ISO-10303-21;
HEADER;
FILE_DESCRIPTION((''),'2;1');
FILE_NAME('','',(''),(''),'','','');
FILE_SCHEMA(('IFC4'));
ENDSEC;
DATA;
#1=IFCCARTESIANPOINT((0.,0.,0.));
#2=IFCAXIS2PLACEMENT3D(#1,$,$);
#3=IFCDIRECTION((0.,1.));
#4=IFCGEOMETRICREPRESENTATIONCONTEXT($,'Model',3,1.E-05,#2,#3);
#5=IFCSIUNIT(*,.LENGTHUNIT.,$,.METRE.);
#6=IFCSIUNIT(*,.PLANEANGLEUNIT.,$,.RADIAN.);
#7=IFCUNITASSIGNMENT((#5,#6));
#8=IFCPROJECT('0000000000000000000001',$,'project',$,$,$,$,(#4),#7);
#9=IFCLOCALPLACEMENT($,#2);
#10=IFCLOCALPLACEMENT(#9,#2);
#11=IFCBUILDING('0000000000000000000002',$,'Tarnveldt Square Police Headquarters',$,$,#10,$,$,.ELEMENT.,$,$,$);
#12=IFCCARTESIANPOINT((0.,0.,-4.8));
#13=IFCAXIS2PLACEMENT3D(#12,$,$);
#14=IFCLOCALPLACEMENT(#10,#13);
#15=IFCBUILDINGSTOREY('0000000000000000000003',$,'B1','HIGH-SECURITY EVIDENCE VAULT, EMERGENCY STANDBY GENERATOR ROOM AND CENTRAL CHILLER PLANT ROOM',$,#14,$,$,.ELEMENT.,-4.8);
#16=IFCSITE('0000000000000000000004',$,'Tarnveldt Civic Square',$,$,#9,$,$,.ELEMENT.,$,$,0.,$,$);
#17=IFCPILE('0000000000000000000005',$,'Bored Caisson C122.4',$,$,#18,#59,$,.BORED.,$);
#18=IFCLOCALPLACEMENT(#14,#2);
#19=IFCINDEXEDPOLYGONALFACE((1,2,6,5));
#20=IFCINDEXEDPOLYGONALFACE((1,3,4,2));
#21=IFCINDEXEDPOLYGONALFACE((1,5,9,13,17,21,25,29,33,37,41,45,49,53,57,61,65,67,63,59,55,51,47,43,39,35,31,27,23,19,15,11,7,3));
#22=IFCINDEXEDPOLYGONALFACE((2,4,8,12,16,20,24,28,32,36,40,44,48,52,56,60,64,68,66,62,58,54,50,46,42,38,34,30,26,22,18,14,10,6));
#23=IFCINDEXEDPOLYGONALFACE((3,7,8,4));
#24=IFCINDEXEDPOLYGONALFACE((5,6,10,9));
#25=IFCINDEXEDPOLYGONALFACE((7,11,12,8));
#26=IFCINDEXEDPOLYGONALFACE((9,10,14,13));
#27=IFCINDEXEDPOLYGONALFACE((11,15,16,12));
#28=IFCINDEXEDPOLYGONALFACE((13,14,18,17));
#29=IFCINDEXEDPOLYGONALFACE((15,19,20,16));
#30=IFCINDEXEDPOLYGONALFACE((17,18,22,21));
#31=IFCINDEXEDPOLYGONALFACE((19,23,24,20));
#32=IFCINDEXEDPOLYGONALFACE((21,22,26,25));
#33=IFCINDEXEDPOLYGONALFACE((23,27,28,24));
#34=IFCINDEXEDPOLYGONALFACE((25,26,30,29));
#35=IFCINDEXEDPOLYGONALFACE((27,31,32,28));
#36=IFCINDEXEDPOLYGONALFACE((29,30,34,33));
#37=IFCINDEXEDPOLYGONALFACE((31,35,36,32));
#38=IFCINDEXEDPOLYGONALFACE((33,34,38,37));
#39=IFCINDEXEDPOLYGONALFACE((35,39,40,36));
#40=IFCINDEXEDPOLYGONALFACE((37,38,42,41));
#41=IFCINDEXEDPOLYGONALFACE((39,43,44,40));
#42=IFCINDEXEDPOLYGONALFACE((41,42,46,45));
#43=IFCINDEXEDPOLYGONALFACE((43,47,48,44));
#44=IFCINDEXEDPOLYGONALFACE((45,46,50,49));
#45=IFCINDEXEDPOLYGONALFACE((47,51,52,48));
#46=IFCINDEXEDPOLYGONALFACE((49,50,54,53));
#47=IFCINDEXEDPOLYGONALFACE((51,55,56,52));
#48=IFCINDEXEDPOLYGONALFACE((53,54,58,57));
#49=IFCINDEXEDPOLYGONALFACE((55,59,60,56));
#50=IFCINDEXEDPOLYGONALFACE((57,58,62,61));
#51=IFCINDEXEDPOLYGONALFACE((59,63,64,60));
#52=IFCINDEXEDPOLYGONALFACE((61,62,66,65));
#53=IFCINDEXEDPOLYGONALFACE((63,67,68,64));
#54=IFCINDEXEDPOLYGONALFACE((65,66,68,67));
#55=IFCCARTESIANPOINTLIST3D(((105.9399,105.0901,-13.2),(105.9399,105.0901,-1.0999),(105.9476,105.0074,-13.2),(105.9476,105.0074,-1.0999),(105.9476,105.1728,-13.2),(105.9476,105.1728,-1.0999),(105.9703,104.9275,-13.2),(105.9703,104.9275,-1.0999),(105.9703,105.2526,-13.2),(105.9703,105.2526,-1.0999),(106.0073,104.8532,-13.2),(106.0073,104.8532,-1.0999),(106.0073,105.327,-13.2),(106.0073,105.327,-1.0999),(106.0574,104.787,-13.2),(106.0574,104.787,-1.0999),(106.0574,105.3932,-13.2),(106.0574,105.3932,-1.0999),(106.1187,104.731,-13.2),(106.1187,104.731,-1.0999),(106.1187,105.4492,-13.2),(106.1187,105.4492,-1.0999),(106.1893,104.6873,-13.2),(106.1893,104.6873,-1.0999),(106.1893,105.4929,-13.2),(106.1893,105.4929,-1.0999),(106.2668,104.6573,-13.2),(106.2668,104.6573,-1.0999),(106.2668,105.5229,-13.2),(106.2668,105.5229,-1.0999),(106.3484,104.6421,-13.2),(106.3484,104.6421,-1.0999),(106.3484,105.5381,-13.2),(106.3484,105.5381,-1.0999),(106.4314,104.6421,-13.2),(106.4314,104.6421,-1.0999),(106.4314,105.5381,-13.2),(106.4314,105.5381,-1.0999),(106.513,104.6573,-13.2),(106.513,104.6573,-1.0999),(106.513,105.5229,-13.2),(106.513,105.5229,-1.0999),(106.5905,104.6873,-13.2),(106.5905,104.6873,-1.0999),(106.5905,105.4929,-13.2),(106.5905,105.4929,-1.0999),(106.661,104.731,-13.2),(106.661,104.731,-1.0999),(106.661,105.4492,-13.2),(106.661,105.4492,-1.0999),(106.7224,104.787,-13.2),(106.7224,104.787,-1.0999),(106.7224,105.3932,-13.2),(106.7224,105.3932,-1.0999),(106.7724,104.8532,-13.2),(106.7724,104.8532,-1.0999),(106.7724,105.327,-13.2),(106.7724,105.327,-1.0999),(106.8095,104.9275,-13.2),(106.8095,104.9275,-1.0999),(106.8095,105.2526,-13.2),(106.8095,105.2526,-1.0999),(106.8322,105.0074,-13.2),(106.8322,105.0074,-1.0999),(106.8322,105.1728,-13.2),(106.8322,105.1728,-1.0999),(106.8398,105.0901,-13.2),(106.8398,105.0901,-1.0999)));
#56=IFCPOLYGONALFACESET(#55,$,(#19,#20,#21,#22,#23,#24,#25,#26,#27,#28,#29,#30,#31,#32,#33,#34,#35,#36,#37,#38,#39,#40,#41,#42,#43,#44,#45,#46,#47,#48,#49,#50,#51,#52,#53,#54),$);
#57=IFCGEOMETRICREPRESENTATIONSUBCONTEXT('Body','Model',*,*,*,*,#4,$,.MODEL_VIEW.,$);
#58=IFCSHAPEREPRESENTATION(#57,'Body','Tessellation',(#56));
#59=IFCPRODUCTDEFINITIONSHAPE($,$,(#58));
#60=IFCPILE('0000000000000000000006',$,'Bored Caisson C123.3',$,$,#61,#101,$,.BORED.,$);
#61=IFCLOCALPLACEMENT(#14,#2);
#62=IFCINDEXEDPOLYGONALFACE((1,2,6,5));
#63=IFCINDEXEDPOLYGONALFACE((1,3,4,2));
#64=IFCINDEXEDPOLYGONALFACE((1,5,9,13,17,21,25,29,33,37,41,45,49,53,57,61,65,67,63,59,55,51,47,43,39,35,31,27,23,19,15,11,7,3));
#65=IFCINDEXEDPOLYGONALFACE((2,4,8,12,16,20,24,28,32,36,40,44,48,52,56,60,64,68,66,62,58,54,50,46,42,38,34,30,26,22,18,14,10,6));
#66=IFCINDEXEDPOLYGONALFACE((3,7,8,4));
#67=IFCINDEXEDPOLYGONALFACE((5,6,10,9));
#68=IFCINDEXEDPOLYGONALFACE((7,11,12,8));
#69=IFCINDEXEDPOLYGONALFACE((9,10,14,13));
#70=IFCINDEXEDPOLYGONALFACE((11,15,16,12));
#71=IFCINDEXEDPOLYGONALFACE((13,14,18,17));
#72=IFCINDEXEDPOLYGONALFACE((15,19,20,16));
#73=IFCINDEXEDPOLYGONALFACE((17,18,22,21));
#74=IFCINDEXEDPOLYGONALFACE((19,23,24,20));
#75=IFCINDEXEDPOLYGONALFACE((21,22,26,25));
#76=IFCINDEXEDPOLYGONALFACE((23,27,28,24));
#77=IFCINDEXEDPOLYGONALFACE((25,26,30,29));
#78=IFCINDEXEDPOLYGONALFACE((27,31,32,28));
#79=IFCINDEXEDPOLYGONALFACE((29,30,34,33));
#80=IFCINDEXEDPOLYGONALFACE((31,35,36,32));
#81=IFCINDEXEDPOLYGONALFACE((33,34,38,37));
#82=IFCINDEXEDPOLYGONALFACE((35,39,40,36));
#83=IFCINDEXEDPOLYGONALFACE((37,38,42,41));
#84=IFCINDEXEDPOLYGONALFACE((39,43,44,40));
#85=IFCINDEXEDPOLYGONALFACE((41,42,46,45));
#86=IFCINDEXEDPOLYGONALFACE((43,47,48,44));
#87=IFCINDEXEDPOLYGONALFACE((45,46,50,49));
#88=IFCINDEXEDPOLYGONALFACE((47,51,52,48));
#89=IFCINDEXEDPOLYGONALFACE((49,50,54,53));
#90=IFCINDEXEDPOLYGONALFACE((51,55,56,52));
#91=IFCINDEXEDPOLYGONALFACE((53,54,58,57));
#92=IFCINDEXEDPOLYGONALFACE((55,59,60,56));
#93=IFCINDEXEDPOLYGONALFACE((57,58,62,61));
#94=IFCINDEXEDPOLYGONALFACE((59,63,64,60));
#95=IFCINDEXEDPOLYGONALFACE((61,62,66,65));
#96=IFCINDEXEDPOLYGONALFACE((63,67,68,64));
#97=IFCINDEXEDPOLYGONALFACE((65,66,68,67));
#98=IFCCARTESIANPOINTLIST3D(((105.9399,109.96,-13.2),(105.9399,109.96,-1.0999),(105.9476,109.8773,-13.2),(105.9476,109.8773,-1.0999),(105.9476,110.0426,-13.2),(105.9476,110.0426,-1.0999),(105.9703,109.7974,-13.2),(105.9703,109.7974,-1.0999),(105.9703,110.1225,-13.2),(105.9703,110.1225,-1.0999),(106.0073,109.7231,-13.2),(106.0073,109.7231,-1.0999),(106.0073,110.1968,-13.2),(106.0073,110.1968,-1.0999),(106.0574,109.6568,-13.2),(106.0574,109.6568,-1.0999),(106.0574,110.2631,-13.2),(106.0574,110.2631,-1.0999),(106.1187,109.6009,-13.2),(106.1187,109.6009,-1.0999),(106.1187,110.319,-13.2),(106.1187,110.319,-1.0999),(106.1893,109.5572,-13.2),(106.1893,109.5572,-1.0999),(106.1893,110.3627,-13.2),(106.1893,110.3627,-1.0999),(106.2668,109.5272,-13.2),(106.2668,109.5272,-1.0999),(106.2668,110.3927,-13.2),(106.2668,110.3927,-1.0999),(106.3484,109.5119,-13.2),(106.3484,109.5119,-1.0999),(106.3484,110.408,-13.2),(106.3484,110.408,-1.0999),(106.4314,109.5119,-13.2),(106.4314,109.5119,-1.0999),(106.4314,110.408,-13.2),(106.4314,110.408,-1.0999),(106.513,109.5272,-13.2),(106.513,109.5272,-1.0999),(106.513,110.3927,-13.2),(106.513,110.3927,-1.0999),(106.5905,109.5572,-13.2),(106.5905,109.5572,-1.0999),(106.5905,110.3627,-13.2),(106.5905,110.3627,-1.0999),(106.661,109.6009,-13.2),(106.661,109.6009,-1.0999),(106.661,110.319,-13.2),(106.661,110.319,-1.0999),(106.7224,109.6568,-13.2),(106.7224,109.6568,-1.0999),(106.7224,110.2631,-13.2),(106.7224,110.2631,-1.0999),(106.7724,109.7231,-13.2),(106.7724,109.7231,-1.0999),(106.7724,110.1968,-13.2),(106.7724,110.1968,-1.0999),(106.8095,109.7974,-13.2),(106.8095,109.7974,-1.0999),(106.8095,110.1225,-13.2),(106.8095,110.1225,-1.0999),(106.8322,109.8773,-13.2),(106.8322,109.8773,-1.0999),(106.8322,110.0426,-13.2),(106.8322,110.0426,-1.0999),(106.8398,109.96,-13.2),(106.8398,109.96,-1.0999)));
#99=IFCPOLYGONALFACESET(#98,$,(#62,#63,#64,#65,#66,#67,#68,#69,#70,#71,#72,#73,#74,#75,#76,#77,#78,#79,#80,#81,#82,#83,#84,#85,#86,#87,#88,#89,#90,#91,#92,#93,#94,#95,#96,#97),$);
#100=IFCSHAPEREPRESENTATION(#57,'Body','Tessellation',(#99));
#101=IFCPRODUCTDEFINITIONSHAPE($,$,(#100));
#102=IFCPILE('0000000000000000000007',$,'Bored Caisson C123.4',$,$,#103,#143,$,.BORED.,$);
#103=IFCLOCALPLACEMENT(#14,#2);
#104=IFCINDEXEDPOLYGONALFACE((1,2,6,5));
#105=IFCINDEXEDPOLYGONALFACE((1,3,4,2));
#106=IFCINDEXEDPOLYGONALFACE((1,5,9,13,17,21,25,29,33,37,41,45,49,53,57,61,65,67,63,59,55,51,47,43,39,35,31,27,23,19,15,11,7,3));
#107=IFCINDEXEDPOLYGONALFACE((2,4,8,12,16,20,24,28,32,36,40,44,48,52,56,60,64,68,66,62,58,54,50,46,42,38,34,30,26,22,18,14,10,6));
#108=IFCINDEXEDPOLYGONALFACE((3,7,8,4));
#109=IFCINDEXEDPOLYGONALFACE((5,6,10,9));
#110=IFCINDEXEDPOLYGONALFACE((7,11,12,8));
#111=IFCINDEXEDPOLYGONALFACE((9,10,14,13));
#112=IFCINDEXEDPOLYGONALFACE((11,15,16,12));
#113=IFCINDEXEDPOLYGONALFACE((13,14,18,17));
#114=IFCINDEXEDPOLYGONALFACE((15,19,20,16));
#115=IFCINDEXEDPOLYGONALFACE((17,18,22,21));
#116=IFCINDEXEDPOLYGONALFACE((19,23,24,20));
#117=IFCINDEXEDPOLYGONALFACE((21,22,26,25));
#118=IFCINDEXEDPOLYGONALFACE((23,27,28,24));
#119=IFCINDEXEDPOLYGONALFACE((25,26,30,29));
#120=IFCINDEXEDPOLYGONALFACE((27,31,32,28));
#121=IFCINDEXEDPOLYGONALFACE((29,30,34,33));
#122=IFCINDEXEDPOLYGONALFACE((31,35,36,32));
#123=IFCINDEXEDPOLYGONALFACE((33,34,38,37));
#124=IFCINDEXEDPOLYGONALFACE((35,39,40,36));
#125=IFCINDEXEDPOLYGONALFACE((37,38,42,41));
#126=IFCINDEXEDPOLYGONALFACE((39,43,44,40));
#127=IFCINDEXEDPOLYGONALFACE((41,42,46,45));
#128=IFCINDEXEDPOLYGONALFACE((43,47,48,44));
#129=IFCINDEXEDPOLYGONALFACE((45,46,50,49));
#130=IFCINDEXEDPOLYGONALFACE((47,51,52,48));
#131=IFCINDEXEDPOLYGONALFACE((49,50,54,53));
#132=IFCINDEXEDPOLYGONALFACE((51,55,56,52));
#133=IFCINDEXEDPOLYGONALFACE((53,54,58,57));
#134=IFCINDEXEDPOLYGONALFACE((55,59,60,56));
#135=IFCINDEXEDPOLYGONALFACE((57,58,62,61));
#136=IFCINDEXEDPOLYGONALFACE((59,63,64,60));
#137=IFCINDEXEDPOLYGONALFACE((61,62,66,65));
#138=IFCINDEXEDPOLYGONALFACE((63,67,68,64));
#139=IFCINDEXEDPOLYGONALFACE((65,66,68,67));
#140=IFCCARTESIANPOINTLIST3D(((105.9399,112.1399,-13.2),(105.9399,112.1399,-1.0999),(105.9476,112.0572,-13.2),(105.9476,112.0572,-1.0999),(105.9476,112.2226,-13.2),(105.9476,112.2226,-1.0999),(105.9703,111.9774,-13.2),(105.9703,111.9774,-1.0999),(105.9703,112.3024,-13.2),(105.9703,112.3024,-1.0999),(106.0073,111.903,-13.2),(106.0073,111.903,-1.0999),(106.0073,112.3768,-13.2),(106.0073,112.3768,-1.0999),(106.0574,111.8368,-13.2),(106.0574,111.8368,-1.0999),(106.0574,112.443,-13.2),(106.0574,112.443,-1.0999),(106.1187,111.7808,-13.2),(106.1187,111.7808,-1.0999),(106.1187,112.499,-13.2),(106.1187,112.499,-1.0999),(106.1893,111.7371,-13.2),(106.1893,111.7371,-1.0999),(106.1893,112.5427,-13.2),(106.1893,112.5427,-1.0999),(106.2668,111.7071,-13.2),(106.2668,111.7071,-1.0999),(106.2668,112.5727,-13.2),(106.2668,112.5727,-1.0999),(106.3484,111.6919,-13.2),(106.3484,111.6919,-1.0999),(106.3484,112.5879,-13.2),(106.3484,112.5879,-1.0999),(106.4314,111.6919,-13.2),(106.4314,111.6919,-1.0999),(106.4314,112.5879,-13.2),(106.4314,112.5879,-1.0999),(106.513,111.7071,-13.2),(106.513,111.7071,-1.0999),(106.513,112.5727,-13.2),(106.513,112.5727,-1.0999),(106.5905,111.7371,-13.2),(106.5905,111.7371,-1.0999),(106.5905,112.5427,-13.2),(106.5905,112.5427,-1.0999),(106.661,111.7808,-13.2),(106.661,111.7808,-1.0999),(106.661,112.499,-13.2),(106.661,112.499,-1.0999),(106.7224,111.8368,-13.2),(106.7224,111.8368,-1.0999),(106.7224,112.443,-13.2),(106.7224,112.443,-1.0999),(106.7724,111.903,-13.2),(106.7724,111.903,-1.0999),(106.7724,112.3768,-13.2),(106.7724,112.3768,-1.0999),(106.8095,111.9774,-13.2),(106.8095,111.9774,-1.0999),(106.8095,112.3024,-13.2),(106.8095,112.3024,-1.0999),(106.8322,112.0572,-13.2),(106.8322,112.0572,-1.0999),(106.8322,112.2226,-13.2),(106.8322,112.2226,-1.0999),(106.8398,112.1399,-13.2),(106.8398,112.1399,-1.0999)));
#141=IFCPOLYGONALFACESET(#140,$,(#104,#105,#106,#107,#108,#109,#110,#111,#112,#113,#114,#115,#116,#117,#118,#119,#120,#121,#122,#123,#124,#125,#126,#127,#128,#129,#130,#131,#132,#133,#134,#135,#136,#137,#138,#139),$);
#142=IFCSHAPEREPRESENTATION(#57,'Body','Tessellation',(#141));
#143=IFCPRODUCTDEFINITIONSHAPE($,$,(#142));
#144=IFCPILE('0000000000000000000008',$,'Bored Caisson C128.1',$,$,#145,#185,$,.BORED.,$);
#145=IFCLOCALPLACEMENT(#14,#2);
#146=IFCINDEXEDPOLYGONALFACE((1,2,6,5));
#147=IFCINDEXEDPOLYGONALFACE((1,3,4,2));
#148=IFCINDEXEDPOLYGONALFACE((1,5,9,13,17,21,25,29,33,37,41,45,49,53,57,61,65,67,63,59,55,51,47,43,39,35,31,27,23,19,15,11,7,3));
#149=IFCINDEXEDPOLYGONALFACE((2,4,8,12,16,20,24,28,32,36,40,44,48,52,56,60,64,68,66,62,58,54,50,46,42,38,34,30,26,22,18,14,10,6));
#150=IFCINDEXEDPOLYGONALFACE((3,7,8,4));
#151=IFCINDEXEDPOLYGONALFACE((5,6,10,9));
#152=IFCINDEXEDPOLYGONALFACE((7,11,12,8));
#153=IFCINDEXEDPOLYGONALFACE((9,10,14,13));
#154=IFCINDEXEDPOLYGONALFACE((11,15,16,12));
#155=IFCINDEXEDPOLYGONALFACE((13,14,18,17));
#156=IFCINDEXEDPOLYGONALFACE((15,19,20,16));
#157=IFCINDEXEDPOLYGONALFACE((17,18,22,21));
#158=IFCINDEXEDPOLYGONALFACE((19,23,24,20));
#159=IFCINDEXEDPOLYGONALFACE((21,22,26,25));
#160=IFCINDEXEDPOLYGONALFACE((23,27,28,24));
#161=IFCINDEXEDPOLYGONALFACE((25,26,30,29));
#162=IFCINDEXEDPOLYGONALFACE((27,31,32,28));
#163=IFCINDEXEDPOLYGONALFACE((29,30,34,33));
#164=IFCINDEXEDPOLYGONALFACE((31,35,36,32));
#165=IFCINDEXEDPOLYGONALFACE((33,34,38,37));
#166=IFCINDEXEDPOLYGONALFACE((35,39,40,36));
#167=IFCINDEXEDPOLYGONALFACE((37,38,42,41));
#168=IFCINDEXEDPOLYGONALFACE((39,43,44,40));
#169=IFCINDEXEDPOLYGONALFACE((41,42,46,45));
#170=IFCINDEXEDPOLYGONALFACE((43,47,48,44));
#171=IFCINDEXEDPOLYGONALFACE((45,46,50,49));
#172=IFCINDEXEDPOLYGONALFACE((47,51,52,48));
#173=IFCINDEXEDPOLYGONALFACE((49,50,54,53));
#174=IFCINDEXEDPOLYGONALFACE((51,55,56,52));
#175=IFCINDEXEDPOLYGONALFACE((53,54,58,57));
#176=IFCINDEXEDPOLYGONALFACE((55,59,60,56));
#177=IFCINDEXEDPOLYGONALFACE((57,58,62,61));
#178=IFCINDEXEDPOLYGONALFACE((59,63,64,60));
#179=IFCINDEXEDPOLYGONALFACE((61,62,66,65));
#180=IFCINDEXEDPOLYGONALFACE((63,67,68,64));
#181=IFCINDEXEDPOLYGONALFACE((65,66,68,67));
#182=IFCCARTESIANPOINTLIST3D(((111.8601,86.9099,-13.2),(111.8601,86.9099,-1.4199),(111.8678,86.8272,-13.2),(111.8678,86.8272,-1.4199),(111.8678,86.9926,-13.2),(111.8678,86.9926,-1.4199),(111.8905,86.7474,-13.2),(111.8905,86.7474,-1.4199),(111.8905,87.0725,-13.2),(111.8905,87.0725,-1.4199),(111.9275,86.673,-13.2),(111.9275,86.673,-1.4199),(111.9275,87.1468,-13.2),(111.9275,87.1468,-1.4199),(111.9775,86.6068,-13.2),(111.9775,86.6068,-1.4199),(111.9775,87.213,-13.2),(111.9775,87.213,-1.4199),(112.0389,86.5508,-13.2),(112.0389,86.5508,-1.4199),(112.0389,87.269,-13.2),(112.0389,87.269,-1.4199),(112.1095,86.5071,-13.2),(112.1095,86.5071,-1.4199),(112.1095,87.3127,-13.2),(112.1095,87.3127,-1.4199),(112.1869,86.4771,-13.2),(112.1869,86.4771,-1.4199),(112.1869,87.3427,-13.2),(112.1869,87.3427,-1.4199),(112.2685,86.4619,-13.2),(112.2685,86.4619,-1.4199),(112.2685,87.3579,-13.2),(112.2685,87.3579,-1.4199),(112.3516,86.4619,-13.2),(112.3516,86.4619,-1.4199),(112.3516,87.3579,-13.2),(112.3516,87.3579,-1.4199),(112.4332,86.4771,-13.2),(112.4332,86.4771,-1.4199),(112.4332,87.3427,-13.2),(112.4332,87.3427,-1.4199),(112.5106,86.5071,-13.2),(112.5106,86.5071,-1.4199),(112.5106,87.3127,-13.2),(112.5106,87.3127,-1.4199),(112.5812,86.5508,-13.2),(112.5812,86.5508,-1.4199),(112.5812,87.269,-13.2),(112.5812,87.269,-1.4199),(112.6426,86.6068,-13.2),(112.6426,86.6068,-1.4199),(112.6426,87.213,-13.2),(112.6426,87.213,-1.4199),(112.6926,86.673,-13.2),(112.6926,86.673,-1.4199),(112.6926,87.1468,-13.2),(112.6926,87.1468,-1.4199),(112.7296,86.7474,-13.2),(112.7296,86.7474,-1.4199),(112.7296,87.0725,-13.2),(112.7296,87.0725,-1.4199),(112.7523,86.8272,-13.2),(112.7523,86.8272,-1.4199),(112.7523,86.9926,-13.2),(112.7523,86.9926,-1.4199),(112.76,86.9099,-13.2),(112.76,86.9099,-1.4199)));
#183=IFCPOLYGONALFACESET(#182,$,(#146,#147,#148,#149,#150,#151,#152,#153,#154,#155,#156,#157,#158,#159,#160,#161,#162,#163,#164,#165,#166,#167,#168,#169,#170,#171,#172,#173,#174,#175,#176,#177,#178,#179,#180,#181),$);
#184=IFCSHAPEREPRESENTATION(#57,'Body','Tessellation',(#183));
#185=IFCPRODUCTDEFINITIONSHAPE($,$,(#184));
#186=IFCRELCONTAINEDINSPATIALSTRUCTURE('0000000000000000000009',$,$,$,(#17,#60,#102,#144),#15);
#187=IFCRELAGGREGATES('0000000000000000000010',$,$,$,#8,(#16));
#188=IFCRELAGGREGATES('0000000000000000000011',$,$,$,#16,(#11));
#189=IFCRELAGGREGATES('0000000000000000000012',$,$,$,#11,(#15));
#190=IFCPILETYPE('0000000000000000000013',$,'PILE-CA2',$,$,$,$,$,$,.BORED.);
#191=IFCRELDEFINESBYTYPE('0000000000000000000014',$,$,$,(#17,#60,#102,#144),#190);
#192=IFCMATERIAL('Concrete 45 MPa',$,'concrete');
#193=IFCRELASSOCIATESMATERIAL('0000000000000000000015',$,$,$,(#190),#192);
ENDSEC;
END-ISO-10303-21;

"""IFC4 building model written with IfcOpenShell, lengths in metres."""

from ifc_helpers import new_model, si_unit, direction, frame, origin, origin_2d, place, context, subcontext, project, spatial, circle, extrude, material, material_profile, profile_set, type_object, element, save


model = new_model("IFC4")

# Units and contexts
model_context = context("Model", 3, precision=1e-05, world=origin(), true_north=direction((0.0, 1.0)))
body_context = subcontext(model_context, "Body", "Model", "MODEL_VIEW")
ifc_project = project(units=[si_unit("LENGTHUNIT", "METRE"), si_unit("PLANEANGLEUNIT", "RADIAN")], contexts=[model_context])

# Site, building, storey
site_placement = place(None, origin())
site = spatial("IfcSite", under=ifc_project, at=site_placement, Name="Tarnveldt Civic Square", CompositionType="ELEMENT", RefElevation=0.0)
building_placement = place(site_placement, origin())
building = spatial("IfcBuilding", under=site, at=building_placement, Name="Tarnveldt Square Police Headquarters", CompositionType="ELEMENT")
storey_placement = place(building_placement, frame((0.0, 0.0, -4.8)))
storey = spatial("IfcBuildingStorey", under=building, at=storey_placement, Name="B1", Description="HIGH-SECURITY EVIDENCE VAULT, EMERGENCY STANDBY GENERATOR ROOM AND CENTRAL CHILLER PLANT ROOM", CompositionType="ELEMENT", Elevation=-4.8)

# Shared definitions
ifc_material_1 = material(Name="Concrete 45 MPa", Category="concrete")

# Piles
ifc_material_profile_1 = material_profile(ifc_material_1, circle(Radius=0.45, at=origin_2d()), Name="CAISSON-D900")
ifc_profile_set_1 = profile_set([ifc_material_profile_1], Name="Concrete 45 MPa")
pile_type = type_object("IfcPileType", Name="PILE-CA2", PredefinedType="BORED", material=ifc_profile_set_1)
for number, where, z_axis, x_axis, name in (
    (1, (106.3899, 105.0901, -1.0999), (0.0, 0.0, -1.0), (1.0, 0.0, 0.0), "Bored Caisson C122.4"),
    (2, (106.3899, 109.96, -1.0999), (0.0, 0.0, -1.0), (1.0, 0.0, 0.0), "Bored Caisson C123.3"),
    (3, (106.3899, 112.1399, -1.0999), (0.0, 0.0, -1.0), (1.0, 0.0, 0.0), "Bored Caisson C123.4"),
):
    element("IfcPile", number, at=place(storey_placement, frame(where, z_axis=z_axis, x_axis=x_axis)), inside=storey, type_object=pile_type, Name=name, PredefinedType="BORED", context=body_context, shape_type="SweptSolid", body=[
        extrude(circle(Radius=0.45, at=origin_2d()), origin(), (0.0, 0.0, 1.0), 12.1001),
    ])
for number, where, z_axis, x_axis, name in (
    (4, (112.3101, 86.9099, -1.4199), (0.0, 0.0, -1.0), (1.0, 0.0, 0.0), "Bored Caisson C128.1"),
):
    element("IfcPile", number, at=place(storey_placement, frame(where, z_axis=z_axis, x_axis=x_axis)), inside=storey, type_object=pile_type, Name=name, PredefinedType="BORED", context=body_context, shape_type="SweptSolid", body=[
        extrude(circle(Radius=0.45, at=origin_2d()), origin(), (0.0, 0.0, 1.0), 11.78),
    ])

save(model, "model.ifc")
